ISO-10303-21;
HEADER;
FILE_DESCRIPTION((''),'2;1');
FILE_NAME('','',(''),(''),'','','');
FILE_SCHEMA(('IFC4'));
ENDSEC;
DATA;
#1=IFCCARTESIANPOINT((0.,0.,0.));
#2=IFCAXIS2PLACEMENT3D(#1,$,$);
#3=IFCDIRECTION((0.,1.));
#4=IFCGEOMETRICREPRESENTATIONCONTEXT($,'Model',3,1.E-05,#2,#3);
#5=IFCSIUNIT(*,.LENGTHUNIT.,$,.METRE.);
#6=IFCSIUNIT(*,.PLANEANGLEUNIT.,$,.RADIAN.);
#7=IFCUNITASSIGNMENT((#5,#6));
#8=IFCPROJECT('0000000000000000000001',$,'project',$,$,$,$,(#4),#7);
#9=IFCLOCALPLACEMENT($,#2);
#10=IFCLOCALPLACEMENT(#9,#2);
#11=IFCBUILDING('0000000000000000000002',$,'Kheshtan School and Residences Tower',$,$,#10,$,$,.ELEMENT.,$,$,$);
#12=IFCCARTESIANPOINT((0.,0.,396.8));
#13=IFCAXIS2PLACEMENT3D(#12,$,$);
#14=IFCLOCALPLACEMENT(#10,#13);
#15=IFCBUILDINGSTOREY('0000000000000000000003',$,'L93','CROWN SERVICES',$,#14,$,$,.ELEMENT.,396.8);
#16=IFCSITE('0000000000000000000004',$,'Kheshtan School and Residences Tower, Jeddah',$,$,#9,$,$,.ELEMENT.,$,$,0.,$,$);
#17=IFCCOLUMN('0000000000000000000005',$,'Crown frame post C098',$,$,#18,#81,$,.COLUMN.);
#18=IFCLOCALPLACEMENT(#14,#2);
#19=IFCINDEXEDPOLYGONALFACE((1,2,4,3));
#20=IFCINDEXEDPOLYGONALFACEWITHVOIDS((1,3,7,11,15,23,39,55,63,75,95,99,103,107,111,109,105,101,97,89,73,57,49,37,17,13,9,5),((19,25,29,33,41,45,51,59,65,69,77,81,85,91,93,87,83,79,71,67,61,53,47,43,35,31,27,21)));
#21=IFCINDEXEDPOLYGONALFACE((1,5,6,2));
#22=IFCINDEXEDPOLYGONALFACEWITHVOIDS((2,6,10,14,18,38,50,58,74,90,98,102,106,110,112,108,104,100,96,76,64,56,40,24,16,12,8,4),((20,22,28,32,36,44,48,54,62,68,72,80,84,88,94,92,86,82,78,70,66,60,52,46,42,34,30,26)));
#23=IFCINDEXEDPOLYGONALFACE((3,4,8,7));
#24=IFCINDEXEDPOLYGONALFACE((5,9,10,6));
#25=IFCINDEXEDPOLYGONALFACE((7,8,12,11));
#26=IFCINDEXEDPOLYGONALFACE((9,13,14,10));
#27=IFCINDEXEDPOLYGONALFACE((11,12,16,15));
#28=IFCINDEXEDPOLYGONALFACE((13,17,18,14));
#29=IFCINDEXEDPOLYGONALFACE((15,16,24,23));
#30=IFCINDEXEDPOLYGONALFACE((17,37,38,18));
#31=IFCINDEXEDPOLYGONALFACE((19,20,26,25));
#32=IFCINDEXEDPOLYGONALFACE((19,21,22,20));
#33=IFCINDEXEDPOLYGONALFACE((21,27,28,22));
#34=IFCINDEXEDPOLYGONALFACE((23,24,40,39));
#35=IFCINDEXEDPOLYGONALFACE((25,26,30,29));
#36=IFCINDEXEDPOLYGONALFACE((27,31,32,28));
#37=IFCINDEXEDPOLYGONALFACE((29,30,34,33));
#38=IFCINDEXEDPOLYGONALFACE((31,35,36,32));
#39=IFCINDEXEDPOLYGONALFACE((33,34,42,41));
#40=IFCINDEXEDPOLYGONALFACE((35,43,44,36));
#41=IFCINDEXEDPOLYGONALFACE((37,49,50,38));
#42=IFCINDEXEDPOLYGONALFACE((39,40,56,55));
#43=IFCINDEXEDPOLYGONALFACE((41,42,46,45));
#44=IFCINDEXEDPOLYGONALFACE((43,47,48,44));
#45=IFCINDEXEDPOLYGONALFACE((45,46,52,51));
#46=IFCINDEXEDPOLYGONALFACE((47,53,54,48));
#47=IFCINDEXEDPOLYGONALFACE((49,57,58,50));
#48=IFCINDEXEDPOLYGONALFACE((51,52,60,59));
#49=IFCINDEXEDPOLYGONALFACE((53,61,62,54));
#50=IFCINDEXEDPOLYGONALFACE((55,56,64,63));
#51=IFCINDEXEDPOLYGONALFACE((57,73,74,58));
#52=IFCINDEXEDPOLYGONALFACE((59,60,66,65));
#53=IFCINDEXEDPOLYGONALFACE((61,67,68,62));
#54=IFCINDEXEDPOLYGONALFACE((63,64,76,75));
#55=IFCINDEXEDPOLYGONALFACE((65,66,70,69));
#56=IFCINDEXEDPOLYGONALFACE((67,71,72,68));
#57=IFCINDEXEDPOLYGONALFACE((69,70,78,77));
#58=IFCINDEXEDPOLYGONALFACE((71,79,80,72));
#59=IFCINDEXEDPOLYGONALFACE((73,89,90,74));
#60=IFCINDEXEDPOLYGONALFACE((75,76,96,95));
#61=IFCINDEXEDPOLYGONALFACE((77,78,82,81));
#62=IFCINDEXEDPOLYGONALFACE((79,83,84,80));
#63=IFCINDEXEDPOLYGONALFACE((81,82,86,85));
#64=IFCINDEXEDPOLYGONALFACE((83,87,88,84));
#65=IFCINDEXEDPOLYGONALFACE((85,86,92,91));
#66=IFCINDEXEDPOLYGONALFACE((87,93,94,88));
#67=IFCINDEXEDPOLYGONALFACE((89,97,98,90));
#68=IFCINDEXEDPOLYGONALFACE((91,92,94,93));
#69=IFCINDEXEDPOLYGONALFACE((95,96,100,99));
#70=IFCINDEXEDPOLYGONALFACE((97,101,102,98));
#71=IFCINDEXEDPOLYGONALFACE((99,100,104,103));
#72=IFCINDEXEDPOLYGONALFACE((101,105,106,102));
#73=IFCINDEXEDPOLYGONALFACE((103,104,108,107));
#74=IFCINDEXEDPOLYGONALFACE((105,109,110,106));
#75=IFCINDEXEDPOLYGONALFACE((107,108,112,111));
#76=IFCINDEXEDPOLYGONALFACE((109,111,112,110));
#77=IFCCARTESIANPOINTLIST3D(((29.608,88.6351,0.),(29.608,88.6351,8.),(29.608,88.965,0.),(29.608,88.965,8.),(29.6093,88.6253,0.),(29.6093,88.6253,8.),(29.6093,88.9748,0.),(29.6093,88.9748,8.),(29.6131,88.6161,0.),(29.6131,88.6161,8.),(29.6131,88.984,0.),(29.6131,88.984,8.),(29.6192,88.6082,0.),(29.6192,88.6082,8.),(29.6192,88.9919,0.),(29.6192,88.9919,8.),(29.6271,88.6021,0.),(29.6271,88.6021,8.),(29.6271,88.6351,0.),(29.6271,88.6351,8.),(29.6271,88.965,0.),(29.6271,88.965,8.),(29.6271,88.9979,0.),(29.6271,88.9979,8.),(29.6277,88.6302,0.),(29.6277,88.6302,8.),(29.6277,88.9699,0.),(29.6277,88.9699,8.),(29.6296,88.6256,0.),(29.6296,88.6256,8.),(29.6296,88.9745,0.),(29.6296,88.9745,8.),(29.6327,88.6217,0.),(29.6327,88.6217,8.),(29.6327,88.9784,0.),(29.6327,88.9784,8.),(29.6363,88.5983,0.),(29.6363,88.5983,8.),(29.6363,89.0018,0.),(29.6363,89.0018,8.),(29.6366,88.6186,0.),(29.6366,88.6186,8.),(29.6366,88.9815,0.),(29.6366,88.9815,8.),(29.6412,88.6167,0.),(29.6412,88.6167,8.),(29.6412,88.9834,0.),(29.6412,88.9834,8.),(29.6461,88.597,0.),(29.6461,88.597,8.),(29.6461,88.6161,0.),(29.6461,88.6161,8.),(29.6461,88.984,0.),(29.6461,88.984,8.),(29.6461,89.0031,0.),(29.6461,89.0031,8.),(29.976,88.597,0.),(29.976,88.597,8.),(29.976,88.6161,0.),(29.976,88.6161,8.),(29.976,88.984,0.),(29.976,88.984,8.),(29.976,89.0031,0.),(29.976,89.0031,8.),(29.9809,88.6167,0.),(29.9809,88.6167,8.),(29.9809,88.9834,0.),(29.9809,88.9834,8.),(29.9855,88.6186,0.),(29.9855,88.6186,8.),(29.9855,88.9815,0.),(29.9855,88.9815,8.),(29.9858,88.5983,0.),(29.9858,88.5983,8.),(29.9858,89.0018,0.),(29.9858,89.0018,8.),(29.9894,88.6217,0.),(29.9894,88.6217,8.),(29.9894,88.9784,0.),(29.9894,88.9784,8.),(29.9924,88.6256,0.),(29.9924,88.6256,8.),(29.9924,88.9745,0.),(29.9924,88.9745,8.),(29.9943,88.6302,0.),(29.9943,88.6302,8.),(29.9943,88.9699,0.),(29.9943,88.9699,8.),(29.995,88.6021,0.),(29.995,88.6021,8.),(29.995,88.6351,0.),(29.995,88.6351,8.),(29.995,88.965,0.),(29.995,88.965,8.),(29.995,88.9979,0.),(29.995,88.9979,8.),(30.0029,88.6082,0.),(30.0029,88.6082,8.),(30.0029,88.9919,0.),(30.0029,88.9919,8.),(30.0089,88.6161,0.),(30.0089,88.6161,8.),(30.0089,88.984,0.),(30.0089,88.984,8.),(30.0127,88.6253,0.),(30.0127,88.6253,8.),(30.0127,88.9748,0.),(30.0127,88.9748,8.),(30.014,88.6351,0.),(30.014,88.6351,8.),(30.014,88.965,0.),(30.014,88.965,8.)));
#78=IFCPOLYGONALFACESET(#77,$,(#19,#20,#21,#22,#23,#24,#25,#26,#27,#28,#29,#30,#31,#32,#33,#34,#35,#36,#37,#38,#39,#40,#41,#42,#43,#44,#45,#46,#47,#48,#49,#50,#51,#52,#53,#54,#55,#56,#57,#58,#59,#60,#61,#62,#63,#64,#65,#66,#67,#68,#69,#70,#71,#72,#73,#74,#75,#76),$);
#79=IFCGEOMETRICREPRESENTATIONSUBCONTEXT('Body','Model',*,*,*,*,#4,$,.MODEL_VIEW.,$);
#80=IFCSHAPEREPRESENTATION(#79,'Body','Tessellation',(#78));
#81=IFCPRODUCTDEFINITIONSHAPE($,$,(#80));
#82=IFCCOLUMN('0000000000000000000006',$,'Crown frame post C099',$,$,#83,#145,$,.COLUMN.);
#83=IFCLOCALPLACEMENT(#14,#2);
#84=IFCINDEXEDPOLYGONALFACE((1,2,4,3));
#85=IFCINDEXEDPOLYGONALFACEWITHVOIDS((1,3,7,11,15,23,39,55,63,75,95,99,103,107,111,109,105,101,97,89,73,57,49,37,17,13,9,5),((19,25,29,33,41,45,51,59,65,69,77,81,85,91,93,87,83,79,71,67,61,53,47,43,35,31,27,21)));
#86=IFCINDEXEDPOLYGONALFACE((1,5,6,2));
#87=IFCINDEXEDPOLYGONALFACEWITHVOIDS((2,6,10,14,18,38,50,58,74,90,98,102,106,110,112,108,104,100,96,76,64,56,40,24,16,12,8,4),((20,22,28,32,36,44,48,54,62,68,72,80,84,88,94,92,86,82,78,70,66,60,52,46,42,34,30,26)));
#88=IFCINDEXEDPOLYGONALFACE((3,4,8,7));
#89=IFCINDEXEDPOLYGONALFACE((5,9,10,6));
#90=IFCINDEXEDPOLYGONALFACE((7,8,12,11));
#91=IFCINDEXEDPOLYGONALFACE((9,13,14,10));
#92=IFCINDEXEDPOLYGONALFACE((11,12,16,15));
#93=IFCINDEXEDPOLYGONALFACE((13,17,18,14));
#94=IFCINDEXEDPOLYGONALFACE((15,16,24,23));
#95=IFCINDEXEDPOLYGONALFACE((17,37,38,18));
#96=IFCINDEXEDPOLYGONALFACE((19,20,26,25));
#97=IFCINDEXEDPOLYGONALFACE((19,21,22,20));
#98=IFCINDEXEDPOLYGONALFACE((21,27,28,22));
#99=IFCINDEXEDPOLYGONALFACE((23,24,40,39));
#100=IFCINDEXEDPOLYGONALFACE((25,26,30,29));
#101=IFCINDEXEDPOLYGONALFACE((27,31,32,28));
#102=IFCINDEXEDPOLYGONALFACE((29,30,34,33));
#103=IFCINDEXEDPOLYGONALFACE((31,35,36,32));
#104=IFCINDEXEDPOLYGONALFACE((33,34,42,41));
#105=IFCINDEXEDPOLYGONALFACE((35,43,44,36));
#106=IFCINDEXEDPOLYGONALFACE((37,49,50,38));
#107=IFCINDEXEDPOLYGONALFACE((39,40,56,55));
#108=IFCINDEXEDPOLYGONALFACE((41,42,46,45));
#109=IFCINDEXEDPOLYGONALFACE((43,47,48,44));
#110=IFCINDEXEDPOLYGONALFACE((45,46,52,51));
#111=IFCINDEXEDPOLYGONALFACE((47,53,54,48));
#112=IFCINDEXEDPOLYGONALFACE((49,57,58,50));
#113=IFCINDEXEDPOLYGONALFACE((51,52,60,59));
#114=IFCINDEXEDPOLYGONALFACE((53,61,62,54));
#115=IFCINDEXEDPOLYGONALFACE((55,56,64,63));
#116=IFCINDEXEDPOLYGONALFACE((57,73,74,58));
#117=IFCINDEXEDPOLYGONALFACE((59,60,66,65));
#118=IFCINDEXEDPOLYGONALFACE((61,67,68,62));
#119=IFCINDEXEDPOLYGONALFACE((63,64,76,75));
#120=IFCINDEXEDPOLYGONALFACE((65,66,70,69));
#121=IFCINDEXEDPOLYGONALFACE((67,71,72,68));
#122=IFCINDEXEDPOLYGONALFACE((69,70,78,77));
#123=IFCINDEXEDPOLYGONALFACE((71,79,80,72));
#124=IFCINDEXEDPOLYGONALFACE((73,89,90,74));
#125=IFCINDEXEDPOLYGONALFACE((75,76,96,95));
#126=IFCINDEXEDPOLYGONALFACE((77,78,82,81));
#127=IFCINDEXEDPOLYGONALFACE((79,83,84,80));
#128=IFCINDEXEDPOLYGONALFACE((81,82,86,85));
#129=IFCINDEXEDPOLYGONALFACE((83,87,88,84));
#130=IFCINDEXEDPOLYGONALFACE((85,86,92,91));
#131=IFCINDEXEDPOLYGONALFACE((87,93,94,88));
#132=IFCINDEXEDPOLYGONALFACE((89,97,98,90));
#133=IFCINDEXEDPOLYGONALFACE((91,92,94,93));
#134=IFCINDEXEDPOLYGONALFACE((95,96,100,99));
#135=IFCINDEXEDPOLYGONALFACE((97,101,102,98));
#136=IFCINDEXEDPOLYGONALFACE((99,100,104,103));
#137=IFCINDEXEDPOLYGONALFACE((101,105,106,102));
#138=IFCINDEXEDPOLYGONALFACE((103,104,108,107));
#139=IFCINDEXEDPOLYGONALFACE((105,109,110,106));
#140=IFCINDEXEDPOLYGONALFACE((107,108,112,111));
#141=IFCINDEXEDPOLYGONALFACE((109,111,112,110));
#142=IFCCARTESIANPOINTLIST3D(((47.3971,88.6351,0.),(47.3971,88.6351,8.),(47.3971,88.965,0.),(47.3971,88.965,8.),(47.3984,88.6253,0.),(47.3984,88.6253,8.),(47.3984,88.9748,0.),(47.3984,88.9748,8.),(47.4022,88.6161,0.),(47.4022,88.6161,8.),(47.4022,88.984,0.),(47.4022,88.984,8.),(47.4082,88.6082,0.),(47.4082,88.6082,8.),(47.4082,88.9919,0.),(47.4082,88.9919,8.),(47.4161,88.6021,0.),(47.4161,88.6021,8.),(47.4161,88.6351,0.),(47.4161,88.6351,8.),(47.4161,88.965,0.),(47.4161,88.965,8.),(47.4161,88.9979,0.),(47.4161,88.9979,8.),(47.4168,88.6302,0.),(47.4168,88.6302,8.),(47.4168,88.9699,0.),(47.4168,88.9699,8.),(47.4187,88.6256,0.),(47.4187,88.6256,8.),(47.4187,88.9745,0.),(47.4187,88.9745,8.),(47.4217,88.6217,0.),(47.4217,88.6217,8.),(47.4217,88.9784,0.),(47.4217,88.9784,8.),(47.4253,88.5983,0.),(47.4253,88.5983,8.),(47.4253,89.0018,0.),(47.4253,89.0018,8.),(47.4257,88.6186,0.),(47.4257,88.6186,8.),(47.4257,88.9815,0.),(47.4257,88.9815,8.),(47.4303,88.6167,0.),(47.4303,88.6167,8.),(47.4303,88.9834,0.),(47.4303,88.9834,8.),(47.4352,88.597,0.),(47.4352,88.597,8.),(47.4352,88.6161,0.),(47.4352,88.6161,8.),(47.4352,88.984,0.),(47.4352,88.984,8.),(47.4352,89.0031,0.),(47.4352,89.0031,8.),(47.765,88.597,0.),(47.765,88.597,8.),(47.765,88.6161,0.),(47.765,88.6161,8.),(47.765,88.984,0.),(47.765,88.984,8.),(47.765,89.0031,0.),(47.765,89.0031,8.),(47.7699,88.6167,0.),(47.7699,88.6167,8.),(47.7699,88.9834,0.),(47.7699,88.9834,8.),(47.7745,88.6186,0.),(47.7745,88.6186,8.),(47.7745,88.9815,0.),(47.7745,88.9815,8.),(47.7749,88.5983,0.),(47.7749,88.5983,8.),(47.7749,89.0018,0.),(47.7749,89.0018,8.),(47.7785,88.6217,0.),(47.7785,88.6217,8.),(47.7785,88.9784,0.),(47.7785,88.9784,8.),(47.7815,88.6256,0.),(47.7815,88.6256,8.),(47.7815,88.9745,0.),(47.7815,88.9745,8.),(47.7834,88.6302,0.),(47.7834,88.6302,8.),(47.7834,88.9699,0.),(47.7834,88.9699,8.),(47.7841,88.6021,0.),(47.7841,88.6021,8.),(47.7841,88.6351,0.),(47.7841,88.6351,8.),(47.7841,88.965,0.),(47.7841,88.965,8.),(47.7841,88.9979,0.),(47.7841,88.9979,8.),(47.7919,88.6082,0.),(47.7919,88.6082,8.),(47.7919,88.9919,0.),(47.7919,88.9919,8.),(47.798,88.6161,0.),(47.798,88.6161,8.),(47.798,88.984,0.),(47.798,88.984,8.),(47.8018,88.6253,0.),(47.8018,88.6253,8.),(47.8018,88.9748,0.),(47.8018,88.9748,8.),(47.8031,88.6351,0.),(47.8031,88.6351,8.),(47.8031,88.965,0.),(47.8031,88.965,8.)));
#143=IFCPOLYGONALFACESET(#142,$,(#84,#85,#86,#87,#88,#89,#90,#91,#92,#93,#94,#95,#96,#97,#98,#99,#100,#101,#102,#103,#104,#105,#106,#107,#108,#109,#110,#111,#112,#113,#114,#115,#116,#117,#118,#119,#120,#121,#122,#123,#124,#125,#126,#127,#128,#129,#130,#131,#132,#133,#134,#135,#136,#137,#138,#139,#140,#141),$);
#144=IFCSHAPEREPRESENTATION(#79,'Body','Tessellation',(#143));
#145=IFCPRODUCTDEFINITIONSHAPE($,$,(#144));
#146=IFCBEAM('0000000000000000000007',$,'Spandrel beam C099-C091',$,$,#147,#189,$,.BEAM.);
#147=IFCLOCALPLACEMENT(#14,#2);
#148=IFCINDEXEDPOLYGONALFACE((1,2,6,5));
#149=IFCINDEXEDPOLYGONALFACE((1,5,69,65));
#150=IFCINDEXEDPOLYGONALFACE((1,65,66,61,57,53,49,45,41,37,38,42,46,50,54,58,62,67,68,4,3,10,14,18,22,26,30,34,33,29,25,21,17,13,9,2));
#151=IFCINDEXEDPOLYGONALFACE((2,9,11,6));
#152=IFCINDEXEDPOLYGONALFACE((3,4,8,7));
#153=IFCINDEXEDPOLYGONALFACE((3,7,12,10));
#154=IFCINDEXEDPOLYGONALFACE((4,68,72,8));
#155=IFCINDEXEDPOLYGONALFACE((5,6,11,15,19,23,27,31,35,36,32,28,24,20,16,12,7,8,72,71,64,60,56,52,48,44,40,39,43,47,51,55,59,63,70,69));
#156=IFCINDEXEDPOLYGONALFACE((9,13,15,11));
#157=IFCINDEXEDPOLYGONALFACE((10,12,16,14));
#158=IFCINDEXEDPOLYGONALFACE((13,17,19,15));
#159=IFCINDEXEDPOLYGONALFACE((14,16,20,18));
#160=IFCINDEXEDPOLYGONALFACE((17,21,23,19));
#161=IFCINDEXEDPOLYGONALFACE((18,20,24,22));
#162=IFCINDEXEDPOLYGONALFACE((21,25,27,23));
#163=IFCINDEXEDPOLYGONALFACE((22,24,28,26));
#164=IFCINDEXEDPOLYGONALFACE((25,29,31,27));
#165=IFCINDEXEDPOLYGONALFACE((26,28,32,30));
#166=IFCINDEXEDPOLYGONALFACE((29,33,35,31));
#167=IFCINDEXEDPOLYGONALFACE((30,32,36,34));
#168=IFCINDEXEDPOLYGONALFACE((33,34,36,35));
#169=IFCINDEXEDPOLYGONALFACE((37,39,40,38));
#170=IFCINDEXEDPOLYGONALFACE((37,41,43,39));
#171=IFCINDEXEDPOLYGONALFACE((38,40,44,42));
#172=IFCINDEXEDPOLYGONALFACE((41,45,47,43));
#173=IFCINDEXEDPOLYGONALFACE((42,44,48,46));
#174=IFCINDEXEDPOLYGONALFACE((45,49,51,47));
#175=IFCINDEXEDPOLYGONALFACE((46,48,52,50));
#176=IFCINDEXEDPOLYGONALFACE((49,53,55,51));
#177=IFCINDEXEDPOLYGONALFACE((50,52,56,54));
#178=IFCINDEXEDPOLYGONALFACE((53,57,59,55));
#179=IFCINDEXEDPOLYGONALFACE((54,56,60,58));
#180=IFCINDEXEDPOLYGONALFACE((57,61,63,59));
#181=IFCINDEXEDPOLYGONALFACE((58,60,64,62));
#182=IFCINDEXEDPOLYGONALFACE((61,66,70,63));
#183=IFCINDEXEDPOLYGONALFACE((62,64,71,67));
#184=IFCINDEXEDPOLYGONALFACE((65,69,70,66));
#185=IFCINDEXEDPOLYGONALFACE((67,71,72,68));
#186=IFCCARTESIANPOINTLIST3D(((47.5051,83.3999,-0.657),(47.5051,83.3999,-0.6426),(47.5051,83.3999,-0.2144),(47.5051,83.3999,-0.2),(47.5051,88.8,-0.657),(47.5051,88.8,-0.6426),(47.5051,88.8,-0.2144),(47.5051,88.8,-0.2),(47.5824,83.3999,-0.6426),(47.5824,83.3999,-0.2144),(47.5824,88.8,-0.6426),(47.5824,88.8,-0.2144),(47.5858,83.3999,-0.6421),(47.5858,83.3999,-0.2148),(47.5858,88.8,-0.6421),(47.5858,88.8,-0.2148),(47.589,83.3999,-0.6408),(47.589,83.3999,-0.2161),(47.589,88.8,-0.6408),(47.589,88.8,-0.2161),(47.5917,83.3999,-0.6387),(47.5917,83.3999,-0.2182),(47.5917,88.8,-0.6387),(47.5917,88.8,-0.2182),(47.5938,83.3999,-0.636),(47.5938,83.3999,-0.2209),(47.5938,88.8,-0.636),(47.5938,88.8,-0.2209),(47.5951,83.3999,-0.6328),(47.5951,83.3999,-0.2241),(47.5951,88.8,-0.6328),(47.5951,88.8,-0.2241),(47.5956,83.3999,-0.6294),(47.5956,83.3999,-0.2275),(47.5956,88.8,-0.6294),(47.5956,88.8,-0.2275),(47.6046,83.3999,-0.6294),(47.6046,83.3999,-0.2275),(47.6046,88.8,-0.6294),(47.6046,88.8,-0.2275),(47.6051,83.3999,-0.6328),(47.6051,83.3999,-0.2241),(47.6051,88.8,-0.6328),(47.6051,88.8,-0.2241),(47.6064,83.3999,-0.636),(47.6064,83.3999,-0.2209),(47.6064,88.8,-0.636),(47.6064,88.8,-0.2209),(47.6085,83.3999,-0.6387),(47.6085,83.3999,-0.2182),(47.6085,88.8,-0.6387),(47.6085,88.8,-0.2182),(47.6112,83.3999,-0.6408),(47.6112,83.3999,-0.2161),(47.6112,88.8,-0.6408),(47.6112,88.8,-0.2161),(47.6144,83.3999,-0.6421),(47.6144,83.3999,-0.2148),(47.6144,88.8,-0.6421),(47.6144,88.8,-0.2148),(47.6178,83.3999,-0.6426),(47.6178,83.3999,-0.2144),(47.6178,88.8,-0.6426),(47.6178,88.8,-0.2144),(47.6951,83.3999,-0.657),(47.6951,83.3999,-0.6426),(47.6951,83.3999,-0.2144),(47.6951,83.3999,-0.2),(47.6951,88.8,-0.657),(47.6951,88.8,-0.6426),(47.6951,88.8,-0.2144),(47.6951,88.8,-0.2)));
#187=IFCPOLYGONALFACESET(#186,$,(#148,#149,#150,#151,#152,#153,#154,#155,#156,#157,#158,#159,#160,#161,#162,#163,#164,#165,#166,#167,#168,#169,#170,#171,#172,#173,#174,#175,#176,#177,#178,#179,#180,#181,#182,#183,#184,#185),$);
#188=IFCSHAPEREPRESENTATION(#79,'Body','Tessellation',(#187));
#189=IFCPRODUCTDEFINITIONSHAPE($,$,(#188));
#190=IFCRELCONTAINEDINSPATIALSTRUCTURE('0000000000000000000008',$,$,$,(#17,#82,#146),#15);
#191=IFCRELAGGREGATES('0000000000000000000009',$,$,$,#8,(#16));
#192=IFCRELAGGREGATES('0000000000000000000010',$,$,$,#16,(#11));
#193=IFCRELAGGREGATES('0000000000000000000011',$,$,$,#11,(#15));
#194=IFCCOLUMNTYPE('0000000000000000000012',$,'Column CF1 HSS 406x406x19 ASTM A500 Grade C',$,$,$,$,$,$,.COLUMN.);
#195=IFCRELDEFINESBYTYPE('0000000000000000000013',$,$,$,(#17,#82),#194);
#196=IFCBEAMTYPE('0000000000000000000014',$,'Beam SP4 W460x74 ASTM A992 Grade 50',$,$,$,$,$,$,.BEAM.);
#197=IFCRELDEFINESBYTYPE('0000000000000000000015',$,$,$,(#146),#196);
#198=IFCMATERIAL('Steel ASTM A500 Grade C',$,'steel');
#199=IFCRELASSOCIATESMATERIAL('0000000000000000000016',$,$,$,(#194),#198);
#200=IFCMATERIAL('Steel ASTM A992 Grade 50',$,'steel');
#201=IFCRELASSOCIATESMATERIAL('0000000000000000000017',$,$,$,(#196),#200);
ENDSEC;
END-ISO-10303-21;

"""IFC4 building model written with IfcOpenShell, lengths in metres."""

from ifc_helpers import new_model, si_unit, direction, frame, origin, origin_2d, place, context, subcontext, project, spatial, hollow_rectangle, i_section, extrude, material, material_profile, profile_set, type_object, element, save


model = new_model("IFC4")

# Units and contexts
model_context = context("Model", 3, precision=1e-05, world=origin(), true_north=direction((0.0, 1.0)))
body_context = subcontext(model_context, "Body", "Model", "MODEL_VIEW")
ifc_project = project(units=[si_unit("LENGTHUNIT", "METRE"), si_unit("PLANEANGLEUNIT", "RADIAN")], contexts=[model_context])

# Site, building, storey
site_placement = place(None, origin())
site = spatial("IfcSite", under=ifc_project, at=site_placement, Name="Kheshtan School and Residences Tower, Jeddah", CompositionType="ELEMENT", RefElevation=0.0)
building_placement = place(site_placement, origin())
building = spatial("IfcBuilding", under=site, at=building_placement, Name="Kheshtan School and Residences Tower", CompositionType="ELEMENT")
storey_placement = place(building_placement, frame((0.0, 0.0, 396.8)))
storey = spatial("IfcBuildingStorey", under=building, at=storey_placement, Name="L93", Description="CROWN SERVICES", CompositionType="ELEMENT", Elevation=396.8)

# Columns
ifc_material_1 = material(Name="Steel ASTM A500 Grade C", Category="steel")
ifc_material_profile_1 = material_profile(ifc_material_1, hollow_rectangle(XDim=0.406, YDim=0.406, WallThickness=0.019, InnerFilletRadius=0.019, OuterFilletRadius=0.0381, at=origin_2d()), Name="HSS 406x406x19")
ifc_profile_set_1 = profile_set([ifc_material_profile_1], Name="Steel ASTM A500 Grade C")
column_type = type_object("IfcColumnType", Name="Column CF1 HSS 406x406x19 ASTM A500 Grade C", PredefinedType="COLUMN", material=ifc_profile_set_1)
for number, where, z_axis, x_axis, name in (
    (1, (29.811, 88.8, 0.0), (0.0, 0.0, 1.0), (1.0, 0.0, 0.0), "Crown frame post C098"),
    (2, (47.6001, 88.8, 0.0), (0.0, 0.0, 1.0), (1.0, 0.0, 0.0), "Crown frame post C099"),
):
    element("IfcColumn", number, at=place(storey_placement, frame(where, z_axis=z_axis, x_axis=x_axis)), inside=storey, type_object=column_type, Name=name, PredefinedType="COLUMN", context=body_context, shape_type="SweptSolid", body=[
        extrude(hollow_rectangle(XDim=0.406, YDim=0.406, WallThickness=0.019, InnerFilletRadius=0.019, OuterFilletRadius=0.0381, at=origin_2d()), origin(), (0.0, 0.0, 1.0), 8.0),
    ])

# Beam
ifc_material_2 = material(Name="Steel ASTM A992 Grade 50", Category="steel")
ifc_material_profile_2 = material_profile(ifc_material_2, i_section(OverallWidth=0.1899, OverallDepth=0.457, WebThickness=0.009, FlangeThickness=0.0144, FilletRadius=0.0132, at=origin_2d()), Name="W460x74")
ifc_profile_set_2 = profile_set([ifc_material_profile_2], Name="Steel ASTM A992 Grade 50")
beam_type_1 = type_object("IfcBeamType", Name="Beam SP4 W460x74 ASTM A992 Grade 50", PredefinedType="BEAM", material=ifc_profile_set_2)
beam_1_placement = place(storey_placement, frame((47.6001, 88.8, -0.4285), z_axis=(0.0, -1.0, 0.0), x_axis=(1.0, 0.0, 0.0)))
element("IfcBeam", 3, at=beam_1_placement, inside=storey, type_object=beam_type_1, Name="Spandrel beam C099-C091", PredefinedType="BEAM", context=body_context, shape_type="SweptSolid", body=[
    extrude(i_section(OverallWidth=0.1899, OverallDepth=0.457, WebThickness=0.009, FlangeThickness=0.0144, FilletRadius=0.0132, at=origin_2d()), origin(), (0.0, 0.0, 1.0), 5.4001),
])

save(model, "model.ifc")
